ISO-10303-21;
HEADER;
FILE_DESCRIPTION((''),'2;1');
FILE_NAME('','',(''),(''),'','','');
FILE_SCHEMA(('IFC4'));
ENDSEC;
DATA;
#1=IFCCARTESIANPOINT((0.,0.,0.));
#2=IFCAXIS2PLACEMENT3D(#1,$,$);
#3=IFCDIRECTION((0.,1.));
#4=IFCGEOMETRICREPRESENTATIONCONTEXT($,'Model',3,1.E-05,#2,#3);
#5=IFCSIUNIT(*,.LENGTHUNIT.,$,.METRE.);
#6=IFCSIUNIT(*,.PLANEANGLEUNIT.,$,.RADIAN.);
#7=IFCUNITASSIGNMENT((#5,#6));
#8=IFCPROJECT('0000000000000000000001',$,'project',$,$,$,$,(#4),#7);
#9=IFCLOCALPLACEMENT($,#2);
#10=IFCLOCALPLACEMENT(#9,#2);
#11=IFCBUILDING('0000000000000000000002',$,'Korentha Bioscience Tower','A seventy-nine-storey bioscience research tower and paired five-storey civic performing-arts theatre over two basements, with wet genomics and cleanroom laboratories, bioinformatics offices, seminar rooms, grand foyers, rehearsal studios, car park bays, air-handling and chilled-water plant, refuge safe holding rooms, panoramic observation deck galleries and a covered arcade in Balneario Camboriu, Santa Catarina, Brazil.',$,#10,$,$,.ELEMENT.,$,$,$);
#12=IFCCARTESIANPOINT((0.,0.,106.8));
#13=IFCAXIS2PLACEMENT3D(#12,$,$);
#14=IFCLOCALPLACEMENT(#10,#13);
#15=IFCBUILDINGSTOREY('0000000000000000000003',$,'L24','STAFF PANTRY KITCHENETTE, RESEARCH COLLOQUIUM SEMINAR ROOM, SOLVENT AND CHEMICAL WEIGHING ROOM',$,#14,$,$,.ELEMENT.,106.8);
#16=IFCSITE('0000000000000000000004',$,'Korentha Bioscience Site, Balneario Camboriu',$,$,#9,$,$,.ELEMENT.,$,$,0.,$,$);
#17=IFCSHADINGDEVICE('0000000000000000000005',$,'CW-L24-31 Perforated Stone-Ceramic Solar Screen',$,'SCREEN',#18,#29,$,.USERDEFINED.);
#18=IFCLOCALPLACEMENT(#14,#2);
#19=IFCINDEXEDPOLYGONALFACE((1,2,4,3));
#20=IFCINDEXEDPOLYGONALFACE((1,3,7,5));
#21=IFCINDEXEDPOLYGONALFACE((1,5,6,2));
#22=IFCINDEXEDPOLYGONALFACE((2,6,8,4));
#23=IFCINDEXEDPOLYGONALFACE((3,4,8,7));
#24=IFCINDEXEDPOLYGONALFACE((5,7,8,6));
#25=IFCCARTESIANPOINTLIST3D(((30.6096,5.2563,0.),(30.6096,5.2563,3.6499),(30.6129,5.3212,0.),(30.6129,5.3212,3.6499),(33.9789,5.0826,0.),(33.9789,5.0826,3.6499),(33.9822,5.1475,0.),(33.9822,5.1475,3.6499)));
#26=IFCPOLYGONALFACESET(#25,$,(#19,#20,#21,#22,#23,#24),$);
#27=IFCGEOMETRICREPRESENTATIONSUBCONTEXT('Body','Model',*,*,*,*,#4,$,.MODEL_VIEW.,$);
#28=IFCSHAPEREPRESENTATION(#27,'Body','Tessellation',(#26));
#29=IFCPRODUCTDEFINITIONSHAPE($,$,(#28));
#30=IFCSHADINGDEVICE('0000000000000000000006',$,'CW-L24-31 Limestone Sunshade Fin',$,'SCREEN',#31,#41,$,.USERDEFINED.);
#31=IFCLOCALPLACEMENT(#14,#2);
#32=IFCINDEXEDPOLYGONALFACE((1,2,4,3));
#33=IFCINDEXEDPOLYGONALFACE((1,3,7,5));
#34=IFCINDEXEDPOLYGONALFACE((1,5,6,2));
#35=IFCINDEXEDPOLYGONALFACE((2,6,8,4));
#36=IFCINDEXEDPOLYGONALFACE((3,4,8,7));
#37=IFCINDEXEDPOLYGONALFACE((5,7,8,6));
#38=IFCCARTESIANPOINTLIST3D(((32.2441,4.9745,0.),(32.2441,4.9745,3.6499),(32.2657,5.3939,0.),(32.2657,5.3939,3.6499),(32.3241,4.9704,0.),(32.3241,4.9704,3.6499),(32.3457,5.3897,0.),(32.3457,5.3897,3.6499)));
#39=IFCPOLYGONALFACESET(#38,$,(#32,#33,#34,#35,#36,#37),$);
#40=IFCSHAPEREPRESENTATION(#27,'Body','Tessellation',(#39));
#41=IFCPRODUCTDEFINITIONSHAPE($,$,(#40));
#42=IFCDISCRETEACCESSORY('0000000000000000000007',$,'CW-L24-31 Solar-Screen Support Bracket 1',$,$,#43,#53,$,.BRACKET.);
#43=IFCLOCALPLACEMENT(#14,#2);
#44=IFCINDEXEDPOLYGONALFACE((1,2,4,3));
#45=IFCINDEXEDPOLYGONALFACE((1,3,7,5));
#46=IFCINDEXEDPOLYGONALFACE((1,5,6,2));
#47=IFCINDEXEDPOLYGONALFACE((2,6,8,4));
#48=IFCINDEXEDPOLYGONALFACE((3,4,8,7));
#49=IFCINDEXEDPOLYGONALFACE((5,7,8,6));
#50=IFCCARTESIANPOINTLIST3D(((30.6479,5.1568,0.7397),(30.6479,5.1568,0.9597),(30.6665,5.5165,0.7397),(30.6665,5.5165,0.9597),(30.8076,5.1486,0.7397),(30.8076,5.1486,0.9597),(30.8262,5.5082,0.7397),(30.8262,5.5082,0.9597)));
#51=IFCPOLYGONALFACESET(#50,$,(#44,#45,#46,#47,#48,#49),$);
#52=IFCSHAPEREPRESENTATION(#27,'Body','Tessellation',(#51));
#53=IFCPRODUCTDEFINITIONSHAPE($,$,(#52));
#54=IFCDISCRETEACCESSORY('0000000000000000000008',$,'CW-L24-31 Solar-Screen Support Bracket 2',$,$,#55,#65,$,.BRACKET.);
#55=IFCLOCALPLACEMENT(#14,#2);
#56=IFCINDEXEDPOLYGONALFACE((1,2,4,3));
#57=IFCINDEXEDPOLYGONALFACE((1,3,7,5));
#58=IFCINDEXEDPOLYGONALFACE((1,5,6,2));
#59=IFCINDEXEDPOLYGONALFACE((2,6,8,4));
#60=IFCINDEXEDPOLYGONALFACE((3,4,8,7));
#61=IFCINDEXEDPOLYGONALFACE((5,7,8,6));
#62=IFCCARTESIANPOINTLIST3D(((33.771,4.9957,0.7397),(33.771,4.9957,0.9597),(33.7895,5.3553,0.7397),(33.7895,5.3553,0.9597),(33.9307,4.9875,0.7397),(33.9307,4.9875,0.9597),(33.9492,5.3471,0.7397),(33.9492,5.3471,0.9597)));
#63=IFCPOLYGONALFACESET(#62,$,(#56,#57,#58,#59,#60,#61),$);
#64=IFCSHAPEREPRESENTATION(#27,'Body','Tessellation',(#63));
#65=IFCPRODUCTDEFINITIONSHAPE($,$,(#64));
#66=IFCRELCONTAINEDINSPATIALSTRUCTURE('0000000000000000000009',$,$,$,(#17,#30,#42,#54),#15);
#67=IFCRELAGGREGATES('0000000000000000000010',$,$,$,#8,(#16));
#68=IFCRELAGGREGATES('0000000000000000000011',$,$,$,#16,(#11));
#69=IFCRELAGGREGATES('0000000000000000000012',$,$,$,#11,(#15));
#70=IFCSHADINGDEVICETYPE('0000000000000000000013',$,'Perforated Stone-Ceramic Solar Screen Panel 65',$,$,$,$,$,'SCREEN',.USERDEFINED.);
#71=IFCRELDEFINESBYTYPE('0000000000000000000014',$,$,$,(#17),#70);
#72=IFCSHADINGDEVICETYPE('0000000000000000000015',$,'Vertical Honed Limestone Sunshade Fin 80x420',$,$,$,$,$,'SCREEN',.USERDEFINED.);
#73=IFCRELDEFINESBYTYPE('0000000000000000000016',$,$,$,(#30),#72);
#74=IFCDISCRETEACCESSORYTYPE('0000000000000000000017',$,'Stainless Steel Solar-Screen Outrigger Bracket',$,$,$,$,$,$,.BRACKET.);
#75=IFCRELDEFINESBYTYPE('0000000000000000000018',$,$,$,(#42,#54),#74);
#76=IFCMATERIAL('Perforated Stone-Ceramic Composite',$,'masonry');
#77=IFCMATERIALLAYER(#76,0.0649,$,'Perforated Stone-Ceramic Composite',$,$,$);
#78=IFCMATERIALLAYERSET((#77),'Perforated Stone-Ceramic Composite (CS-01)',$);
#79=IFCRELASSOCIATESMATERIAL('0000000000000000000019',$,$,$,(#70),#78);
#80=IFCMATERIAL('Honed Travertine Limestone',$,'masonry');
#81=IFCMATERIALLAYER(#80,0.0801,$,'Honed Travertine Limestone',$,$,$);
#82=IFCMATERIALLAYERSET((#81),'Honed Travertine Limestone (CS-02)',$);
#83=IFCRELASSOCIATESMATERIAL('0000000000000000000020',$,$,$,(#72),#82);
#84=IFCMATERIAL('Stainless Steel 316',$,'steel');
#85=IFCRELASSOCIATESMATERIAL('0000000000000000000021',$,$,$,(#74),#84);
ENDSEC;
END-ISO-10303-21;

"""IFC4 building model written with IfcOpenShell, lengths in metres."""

from ifc_helpers import new_model, si_unit, direction, frame, origin, origin_2d, place, context, subcontext, project, spatial, rectangle, extrude, material, layer, layer_set, type_object, element, save


model = new_model("IFC4")

# Units and contexts
model_context = context("Model", 3, precision=1e-05, world=origin(), true_north=direction((0.0, 1.0)))
body_context = subcontext(model_context, "Body", "Model", "MODEL_VIEW")
ifc_project = project(units=[si_unit("LENGTHUNIT", "METRE"), si_unit("PLANEANGLEUNIT", "RADIAN")], contexts=[model_context])

# Site, building, storey
site_placement = place(None, origin())
site = spatial("IfcSite", under=ifc_project, at=site_placement, Name="Korentha Bioscience Site, Balneario Camboriu", CompositionType="ELEMENT", RefElevation=0.0)
building_placement = place(site_placement, origin())
building = spatial("IfcBuilding", under=site, at=building_placement, Name="Korentha Bioscience Tower", Description="A seventy-nine-storey bioscience research tower and paired five-storey civic performing-arts theatre over two basements, with wet genomics and cleanroom laboratories, bioinformatics offices, seminar rooms, grand foyers, rehearsal studios, car park bays, air-handling and chilled-water plant, refuge safe holding rooms, panoramic observation deck galleries and a covered arcade in Balneario Camboriu, Santa Catarina, Brazil.", CompositionType="ELEMENT")
storey_placement = place(building_placement, frame((0.0, 0.0, 106.8)))
storey = spatial("IfcBuildingStorey", under=building, at=storey_placement, Name="L24", Description="STAFF PANTRY KITCHENETTE, RESEARCH COLLOQUIUM SEMINAR ROOM, SOLVENT AND CHEMICAL WEIGHING ROOM", CompositionType="ELEMENT", Elevation=106.8)

# Shading devices
ifc_material_1 = material(Name="Perforated Stone-Ceramic Composite", Category="masonry")
ifc_layer_1 = layer(ifc_material_1, 0.0649, Name="Perforated Stone-Ceramic Composite")
ifc_layer_set_1 = layer_set([ifc_layer_1], Name="Perforated Stone-Ceramic Composite (CS-01)")
shading_device_type_1 = type_object("IfcShadingDeviceType", Name="Perforated Stone-Ceramic Solar Screen Panel 65", ElementType="SCREEN", PredefinedType="USERDEFINED", material=ifc_layer_set_1)
shading_device_1_placement = place(storey_placement, frame((32.2959, 5.2019, 0.0), z_axis=(0.0, 0.0, 1.0), x_axis=(0.998673, -0.051495, 0.0)))
element("IfcShadingDevice", 1, at=shading_device_1_placement, inside=storey, type_object=shading_device_type_1, Name="CW-L24-31 Perforated Stone-Ceramic Solar Screen", ObjectType="SCREEN", PredefinedType="USERDEFINED", context=body_context, shape_type="SweptSolid", body=[
    extrude(rectangle(XDim=3.3738, YDim=0.0649, at=origin_2d()), origin(), (0.0, 0.0, 1.0), 3.6499),
])
ifc_material_2 = material(Name="Honed Travertine Limestone", Category="masonry")
ifc_layer_2 = layer(ifc_material_2, 0.0801, Name="Honed Travertine Limestone")
ifc_layer_set_2 = layer_set([ifc_layer_2], Name="Honed Travertine Limestone (CS-02)")
shading_device_type_2 = type_object("IfcShadingDeviceType", Name="Vertical Honed Limestone Sunshade Fin 80x420", ElementType="SCREEN", PredefinedType="USERDEFINED", material=ifc_layer_set_2)
shading_device_2_placement = place(storey_placement, frame((32.2949, 5.1821, 0.0), z_axis=(0.0, 0.0, 1.0), x_axis=(0.998673, -0.051495, 0.0)))
element("IfcShadingDevice", 2, at=shading_device_2_placement, inside=storey, type_object=shading_device_type_2, Name="CW-L24-31 Limestone Sunshade Fin", ObjectType="SCREEN", PredefinedType="USERDEFINED", context=body_context, shape_type="SweptSolid", body=[
    extrude(rectangle(XDim=0.0801, YDim=0.4199, at=origin_2d()), origin(), (0.0, 0.0, 1.0), 3.6499),
])

# Discrete accessories
ifc_material_3 = material(Name="Stainless Steel 316", Category="steel")
discrete_accessory_type = type_object("IfcDiscreteAccessoryType", Name="Stainless Steel Solar-Screen Outrigger Bracket", PredefinedType="BRACKET", material=ifc_material_3)
for number, where, z_axis, x_axis, name in (
    (3, (30.7371, 5.3325, 0.7397), (0.0, 0.0, 1.0), (0.998673, -0.051495, 0.0), "CW-L24-31 Solar-Screen Support Bracket 1"),
    (4, (33.8601, 5.1714, 0.7397), (0.0, 0.0, 1.0), (0.998673, -0.051495, 0.0), "CW-L24-31 Solar-Screen Support Bracket 2"),
):
    element("IfcDiscreteAccessory", number, at=place(storey_placement, frame(where, z_axis=z_axis, x_axis=x_axis)), inside=storey, type_object=discrete_accessory_type, Name=name, PredefinedType="BRACKET", context=body_context, shape_type="SweptSolid", body=[
        extrude(rectangle(XDim=0.1599, YDim=0.3601, at=origin_2d()), origin(), (0.0, 0.0, 1.0), 0.22),
    ])

save(model, "model.ifc")
